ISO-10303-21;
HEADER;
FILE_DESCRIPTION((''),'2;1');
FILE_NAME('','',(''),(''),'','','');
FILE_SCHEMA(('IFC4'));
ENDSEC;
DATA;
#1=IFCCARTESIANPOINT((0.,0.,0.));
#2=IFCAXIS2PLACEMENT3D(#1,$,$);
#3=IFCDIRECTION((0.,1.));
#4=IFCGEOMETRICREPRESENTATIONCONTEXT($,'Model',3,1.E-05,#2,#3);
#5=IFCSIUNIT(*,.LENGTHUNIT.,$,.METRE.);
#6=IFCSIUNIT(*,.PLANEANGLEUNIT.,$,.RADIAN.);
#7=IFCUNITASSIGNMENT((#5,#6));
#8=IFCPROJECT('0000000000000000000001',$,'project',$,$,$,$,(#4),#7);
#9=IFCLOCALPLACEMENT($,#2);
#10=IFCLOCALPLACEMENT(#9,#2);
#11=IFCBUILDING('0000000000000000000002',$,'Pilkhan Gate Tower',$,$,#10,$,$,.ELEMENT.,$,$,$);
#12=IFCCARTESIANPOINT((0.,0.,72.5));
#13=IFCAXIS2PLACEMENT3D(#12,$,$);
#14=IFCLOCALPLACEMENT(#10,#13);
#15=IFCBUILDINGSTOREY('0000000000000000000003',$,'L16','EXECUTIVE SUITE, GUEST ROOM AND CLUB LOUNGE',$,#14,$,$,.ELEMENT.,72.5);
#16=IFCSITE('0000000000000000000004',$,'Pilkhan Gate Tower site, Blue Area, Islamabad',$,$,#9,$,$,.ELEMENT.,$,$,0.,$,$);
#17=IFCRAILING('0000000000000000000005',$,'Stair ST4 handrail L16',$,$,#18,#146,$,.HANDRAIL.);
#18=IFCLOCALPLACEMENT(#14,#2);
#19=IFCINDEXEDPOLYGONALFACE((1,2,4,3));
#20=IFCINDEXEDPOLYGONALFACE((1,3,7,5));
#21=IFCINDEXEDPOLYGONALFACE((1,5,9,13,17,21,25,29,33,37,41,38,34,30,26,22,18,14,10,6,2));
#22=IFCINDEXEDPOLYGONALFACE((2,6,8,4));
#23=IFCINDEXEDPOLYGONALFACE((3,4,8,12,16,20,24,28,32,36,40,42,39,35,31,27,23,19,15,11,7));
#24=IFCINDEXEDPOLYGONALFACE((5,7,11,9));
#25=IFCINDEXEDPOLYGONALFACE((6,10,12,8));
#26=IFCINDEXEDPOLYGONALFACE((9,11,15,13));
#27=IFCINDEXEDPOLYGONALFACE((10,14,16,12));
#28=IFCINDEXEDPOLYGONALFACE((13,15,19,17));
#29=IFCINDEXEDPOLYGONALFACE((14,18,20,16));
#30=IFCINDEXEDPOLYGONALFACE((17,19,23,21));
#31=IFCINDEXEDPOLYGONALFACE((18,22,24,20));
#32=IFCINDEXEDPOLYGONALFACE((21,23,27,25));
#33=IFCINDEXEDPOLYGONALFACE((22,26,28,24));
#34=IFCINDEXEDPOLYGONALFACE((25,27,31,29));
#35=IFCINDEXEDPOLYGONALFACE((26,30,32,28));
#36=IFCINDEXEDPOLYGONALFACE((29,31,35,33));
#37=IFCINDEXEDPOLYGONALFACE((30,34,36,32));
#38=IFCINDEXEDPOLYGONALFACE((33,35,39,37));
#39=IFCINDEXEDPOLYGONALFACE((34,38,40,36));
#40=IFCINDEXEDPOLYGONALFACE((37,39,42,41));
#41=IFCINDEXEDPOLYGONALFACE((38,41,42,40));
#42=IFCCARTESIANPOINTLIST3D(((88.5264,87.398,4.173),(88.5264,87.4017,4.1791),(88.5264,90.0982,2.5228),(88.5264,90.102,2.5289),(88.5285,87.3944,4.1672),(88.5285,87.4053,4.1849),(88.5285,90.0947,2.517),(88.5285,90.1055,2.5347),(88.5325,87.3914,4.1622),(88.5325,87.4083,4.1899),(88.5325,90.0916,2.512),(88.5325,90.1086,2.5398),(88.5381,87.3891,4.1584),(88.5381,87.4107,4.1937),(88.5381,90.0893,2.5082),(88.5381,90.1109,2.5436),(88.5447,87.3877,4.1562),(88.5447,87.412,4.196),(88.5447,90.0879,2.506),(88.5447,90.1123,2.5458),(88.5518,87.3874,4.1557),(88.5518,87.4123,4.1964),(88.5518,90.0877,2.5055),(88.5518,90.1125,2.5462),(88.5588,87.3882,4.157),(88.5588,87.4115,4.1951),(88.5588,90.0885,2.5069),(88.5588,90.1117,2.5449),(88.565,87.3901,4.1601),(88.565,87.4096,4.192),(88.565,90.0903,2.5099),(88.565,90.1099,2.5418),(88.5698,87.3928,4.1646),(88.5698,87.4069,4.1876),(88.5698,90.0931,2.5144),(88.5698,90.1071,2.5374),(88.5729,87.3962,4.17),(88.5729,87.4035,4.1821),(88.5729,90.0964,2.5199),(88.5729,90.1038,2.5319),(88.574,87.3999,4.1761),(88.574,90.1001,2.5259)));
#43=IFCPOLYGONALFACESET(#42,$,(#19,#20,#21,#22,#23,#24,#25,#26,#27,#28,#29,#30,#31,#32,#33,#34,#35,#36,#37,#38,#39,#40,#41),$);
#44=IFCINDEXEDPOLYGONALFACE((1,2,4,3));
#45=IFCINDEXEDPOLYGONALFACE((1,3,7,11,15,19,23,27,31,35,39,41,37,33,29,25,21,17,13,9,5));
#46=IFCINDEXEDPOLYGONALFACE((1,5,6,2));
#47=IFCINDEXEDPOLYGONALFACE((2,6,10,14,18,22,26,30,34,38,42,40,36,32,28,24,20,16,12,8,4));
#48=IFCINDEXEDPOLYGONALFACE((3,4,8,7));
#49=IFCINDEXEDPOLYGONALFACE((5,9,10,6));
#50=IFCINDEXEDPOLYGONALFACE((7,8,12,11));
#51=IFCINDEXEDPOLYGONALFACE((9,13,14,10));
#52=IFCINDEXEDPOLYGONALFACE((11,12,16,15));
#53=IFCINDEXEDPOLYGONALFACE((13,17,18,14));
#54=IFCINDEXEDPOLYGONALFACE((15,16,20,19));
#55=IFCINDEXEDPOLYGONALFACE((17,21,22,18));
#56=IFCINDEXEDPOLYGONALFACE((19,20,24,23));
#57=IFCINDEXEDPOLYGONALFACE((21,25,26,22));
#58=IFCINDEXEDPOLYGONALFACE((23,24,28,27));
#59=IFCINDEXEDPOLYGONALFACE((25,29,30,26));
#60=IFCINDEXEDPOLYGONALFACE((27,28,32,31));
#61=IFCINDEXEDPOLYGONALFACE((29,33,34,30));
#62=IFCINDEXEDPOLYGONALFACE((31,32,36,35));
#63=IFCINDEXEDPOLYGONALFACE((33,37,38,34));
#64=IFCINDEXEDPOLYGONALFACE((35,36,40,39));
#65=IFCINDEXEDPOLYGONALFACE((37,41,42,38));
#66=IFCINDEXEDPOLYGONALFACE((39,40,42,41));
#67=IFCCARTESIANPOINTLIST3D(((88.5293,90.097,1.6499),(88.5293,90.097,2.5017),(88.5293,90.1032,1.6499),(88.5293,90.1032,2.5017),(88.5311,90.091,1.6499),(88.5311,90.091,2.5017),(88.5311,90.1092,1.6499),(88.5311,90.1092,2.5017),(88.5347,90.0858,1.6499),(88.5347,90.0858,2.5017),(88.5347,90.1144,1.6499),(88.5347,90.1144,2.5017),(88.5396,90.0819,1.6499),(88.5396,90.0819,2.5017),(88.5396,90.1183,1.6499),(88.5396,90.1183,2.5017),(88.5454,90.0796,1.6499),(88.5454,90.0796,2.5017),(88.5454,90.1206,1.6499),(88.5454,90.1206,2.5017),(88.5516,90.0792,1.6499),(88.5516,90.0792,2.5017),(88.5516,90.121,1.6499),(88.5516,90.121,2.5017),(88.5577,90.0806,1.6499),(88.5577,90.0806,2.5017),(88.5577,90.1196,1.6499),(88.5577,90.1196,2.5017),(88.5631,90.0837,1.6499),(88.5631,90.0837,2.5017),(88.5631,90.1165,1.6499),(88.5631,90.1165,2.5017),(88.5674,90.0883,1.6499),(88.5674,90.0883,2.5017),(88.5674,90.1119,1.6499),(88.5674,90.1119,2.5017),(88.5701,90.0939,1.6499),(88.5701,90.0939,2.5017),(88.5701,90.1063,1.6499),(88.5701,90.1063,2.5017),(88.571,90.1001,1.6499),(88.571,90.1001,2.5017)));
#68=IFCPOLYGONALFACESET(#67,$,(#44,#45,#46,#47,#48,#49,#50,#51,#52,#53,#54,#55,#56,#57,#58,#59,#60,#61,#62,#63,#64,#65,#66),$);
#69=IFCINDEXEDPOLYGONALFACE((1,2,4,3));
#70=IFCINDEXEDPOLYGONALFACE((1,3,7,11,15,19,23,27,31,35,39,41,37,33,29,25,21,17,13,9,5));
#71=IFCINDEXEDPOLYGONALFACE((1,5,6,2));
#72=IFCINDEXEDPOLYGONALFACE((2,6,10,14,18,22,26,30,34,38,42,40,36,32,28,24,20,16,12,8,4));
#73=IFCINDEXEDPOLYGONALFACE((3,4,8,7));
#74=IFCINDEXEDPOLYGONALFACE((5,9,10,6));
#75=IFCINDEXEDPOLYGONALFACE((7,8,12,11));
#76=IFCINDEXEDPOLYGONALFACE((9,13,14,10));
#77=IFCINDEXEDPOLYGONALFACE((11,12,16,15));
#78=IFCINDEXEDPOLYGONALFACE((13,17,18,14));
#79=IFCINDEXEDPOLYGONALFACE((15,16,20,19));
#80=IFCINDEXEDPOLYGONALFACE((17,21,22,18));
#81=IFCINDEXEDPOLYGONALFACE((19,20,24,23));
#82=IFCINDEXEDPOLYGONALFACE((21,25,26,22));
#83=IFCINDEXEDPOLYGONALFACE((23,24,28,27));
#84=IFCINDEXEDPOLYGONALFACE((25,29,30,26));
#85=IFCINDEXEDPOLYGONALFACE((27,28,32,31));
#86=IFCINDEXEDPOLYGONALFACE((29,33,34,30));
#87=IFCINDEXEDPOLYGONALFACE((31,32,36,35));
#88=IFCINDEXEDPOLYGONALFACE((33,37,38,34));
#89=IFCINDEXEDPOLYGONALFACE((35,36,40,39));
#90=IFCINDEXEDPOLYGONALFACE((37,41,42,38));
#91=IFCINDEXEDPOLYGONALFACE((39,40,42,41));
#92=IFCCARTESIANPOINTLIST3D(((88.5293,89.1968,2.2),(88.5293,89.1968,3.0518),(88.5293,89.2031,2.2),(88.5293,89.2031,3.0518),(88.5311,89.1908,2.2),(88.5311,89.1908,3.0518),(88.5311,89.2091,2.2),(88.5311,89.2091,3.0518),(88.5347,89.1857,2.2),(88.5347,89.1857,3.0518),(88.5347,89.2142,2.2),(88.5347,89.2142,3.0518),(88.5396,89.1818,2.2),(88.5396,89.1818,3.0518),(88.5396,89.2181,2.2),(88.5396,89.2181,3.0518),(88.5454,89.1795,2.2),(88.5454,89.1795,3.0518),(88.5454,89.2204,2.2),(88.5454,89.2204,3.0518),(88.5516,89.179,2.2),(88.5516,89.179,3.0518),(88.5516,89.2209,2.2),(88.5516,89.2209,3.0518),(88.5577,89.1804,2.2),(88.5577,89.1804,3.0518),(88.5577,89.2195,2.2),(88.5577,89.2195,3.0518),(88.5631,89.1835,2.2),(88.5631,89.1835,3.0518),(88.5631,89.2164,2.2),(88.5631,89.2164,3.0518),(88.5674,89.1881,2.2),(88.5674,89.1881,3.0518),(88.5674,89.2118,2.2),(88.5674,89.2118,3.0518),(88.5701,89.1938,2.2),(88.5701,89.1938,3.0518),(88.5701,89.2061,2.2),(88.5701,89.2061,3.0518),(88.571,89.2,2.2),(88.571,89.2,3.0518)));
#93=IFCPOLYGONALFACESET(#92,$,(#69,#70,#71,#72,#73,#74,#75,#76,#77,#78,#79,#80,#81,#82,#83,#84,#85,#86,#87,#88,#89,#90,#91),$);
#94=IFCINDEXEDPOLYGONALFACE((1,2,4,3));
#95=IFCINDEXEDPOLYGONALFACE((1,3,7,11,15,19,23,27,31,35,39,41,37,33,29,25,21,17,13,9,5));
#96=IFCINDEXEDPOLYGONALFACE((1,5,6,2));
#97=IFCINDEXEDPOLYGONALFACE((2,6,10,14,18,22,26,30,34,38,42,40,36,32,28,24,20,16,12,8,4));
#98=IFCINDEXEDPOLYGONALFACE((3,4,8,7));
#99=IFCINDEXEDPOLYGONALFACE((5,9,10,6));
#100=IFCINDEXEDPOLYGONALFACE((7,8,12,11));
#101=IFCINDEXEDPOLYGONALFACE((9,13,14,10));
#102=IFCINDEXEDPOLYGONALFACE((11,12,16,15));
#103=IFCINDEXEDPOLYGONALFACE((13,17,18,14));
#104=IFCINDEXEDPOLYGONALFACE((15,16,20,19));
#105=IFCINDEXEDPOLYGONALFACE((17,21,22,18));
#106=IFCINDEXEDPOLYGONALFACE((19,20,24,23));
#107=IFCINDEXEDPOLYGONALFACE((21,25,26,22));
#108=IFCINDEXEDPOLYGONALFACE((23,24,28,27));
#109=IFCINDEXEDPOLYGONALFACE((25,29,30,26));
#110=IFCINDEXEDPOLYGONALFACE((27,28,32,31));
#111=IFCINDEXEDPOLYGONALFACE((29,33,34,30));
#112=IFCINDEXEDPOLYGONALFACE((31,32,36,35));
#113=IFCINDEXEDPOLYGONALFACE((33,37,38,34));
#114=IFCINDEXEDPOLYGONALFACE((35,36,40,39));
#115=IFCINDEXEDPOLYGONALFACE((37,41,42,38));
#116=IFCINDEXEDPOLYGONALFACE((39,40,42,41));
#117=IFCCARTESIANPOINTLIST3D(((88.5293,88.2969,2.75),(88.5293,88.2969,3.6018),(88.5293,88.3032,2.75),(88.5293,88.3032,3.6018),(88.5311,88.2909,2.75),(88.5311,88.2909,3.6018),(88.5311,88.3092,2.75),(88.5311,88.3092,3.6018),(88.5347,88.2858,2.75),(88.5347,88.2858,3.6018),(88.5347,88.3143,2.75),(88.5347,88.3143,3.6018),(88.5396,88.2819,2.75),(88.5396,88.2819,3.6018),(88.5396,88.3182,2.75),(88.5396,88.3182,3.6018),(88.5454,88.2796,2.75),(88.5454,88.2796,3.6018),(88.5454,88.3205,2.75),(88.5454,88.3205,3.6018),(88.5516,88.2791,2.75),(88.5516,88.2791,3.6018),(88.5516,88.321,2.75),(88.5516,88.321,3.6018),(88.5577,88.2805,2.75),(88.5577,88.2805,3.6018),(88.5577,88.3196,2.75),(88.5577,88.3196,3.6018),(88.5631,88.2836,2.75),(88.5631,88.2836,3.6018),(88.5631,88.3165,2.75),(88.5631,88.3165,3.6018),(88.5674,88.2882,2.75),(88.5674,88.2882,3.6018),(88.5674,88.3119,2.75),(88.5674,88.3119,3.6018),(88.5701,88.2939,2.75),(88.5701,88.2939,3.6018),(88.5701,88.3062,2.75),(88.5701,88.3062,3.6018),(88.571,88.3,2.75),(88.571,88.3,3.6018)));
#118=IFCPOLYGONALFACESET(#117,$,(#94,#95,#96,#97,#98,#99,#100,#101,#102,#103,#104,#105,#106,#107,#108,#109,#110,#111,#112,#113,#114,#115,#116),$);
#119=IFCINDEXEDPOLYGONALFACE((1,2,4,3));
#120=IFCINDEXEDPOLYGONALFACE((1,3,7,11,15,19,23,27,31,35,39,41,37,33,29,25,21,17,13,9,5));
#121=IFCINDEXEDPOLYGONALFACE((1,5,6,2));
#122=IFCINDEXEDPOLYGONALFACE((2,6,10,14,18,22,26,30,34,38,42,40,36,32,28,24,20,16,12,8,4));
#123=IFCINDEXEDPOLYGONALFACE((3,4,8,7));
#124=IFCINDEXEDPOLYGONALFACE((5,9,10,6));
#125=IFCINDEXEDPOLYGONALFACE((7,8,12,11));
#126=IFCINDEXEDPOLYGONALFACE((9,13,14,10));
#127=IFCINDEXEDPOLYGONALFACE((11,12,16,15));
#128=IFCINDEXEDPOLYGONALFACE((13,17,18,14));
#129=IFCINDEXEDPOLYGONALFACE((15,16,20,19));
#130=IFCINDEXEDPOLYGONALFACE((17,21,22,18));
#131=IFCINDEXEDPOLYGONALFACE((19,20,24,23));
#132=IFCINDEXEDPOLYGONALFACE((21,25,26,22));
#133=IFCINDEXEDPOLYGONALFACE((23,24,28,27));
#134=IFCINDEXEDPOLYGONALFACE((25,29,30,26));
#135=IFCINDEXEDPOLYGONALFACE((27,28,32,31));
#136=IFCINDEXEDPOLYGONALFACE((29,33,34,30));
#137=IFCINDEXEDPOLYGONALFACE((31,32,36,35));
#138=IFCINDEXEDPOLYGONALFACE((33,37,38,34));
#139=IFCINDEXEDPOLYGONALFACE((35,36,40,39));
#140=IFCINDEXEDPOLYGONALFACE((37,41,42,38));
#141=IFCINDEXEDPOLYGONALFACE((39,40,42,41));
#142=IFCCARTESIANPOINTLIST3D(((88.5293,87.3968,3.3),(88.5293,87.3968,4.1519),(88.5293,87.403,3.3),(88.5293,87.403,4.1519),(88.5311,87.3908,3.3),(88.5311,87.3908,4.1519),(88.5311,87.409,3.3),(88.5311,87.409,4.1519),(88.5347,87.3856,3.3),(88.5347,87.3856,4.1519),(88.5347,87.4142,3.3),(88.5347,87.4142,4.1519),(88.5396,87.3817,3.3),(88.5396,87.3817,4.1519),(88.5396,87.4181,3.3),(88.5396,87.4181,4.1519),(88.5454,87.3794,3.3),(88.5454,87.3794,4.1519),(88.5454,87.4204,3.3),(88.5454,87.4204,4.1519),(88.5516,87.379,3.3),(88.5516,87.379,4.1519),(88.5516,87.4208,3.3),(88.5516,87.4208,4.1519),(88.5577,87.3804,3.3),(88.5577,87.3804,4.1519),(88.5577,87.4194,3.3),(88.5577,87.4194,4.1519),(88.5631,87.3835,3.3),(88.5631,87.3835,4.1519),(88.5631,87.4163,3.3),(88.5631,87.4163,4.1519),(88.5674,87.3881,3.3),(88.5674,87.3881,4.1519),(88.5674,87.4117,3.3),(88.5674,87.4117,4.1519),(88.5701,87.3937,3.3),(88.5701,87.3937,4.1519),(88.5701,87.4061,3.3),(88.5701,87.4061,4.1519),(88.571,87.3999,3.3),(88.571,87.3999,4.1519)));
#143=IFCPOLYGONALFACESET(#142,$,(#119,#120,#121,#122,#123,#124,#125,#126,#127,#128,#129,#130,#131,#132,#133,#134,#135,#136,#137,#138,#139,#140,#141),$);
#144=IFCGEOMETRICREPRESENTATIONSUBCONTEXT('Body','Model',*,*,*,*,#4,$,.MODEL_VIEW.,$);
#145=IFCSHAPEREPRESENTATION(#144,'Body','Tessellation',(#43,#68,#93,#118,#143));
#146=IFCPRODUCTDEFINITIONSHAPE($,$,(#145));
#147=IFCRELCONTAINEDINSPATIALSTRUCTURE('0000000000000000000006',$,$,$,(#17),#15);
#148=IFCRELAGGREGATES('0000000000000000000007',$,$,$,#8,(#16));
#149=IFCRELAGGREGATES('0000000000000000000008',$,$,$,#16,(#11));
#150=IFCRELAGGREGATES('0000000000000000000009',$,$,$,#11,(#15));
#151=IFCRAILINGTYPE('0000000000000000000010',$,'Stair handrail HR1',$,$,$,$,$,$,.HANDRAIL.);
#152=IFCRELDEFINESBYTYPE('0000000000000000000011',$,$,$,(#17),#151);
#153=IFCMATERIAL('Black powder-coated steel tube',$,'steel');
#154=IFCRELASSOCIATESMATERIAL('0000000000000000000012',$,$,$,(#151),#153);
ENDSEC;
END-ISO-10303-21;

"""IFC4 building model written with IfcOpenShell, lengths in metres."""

from ifc_helpers import new_model, si_unit, direction, frame, origin, origin_2d, place, context, subcontext, project, spatial, circle, extrude, material, type_object, element, save


model = new_model("IFC4")

# Units and contexts
model_context = context("Model", 3, precision=1e-05, world=origin(), true_north=direction((0.0, 1.0)))
body_context = subcontext(model_context, "Body", "Model", "MODEL_VIEW")
ifc_project = project(units=[si_unit("LENGTHUNIT", "METRE"), si_unit("PLANEANGLEUNIT", "RADIAN")], contexts=[model_context])

# Site, building, storey
site_placement = place(None, origin())
site = spatial("IfcSite", under=ifc_project, at=site_placement, Name="Pilkhan Gate Tower site, Blue Area, Islamabad", CompositionType="ELEMENT", RefElevation=0.0)
building_placement = place(site_placement, origin())
building = spatial("IfcBuilding", under=site, at=building_placement, Name="Pilkhan Gate Tower", CompositionType="ELEMENT")
storey_placement = place(building_placement, frame((0.0, 0.0, 72.5)))
storey = spatial("IfcBuildingStorey", under=building, at=storey_placement, Name="L16", Description="EXECUTIVE SUITE, GUEST ROOM AND CLUB LOUNGE", CompositionType="ELEMENT", Elevation=72.5)

# Railing
ifc_material_1 = material(Name="Black powder-coated steel tube", Category="steel")
railing_type_1 = type_object("IfcRailingType", Name="Stair handrail HR1", PredefinedType="HANDRAIL", material=ifc_material_1)
railing_1_placement = place(storey_placement, frame((88.55, 90.1001, 1.6499)))
element("IfcRailing", 1, at=railing_1_placement, inside=storey, type_object=railing_type_1, Name="Stair ST4 handrail L16", PredefinedType="HANDRAIL", context=body_context, shape_type="SweptSolid", body=[
    extrude(circle(Radius=0.0239, at=origin_2d()), frame((0.0, 0.0, 0.876), z_axis=(0.0, -0.853278, 0.521456), x_axis=(1.0, 0.0, 0.0)), (0.0, 0.0, 1.0), 3.1646),
    extrude(circle(Radius=0.021, at=origin_2d()), origin(), (0.0, 0.0, 1.0), 0.8518),
    extrude(circle(Radius=0.021, at=origin_2d()), frame((0.0, -0.9001, 0.55)), (0.0, 0.0, 1.0), 0.8518),
    extrude(circle(Radius=0.021, at=origin_2d()), frame((0.0, -1.8, 1.1001)), (0.0, 0.0, 1.0), 0.8518),
    extrude(circle(Radius=0.021, at=origin_2d()), frame((0.0, -2.7002, 1.6501)), (0.0, 0.0, 1.0), 0.8518),
])

save(model, "model.ifc")
